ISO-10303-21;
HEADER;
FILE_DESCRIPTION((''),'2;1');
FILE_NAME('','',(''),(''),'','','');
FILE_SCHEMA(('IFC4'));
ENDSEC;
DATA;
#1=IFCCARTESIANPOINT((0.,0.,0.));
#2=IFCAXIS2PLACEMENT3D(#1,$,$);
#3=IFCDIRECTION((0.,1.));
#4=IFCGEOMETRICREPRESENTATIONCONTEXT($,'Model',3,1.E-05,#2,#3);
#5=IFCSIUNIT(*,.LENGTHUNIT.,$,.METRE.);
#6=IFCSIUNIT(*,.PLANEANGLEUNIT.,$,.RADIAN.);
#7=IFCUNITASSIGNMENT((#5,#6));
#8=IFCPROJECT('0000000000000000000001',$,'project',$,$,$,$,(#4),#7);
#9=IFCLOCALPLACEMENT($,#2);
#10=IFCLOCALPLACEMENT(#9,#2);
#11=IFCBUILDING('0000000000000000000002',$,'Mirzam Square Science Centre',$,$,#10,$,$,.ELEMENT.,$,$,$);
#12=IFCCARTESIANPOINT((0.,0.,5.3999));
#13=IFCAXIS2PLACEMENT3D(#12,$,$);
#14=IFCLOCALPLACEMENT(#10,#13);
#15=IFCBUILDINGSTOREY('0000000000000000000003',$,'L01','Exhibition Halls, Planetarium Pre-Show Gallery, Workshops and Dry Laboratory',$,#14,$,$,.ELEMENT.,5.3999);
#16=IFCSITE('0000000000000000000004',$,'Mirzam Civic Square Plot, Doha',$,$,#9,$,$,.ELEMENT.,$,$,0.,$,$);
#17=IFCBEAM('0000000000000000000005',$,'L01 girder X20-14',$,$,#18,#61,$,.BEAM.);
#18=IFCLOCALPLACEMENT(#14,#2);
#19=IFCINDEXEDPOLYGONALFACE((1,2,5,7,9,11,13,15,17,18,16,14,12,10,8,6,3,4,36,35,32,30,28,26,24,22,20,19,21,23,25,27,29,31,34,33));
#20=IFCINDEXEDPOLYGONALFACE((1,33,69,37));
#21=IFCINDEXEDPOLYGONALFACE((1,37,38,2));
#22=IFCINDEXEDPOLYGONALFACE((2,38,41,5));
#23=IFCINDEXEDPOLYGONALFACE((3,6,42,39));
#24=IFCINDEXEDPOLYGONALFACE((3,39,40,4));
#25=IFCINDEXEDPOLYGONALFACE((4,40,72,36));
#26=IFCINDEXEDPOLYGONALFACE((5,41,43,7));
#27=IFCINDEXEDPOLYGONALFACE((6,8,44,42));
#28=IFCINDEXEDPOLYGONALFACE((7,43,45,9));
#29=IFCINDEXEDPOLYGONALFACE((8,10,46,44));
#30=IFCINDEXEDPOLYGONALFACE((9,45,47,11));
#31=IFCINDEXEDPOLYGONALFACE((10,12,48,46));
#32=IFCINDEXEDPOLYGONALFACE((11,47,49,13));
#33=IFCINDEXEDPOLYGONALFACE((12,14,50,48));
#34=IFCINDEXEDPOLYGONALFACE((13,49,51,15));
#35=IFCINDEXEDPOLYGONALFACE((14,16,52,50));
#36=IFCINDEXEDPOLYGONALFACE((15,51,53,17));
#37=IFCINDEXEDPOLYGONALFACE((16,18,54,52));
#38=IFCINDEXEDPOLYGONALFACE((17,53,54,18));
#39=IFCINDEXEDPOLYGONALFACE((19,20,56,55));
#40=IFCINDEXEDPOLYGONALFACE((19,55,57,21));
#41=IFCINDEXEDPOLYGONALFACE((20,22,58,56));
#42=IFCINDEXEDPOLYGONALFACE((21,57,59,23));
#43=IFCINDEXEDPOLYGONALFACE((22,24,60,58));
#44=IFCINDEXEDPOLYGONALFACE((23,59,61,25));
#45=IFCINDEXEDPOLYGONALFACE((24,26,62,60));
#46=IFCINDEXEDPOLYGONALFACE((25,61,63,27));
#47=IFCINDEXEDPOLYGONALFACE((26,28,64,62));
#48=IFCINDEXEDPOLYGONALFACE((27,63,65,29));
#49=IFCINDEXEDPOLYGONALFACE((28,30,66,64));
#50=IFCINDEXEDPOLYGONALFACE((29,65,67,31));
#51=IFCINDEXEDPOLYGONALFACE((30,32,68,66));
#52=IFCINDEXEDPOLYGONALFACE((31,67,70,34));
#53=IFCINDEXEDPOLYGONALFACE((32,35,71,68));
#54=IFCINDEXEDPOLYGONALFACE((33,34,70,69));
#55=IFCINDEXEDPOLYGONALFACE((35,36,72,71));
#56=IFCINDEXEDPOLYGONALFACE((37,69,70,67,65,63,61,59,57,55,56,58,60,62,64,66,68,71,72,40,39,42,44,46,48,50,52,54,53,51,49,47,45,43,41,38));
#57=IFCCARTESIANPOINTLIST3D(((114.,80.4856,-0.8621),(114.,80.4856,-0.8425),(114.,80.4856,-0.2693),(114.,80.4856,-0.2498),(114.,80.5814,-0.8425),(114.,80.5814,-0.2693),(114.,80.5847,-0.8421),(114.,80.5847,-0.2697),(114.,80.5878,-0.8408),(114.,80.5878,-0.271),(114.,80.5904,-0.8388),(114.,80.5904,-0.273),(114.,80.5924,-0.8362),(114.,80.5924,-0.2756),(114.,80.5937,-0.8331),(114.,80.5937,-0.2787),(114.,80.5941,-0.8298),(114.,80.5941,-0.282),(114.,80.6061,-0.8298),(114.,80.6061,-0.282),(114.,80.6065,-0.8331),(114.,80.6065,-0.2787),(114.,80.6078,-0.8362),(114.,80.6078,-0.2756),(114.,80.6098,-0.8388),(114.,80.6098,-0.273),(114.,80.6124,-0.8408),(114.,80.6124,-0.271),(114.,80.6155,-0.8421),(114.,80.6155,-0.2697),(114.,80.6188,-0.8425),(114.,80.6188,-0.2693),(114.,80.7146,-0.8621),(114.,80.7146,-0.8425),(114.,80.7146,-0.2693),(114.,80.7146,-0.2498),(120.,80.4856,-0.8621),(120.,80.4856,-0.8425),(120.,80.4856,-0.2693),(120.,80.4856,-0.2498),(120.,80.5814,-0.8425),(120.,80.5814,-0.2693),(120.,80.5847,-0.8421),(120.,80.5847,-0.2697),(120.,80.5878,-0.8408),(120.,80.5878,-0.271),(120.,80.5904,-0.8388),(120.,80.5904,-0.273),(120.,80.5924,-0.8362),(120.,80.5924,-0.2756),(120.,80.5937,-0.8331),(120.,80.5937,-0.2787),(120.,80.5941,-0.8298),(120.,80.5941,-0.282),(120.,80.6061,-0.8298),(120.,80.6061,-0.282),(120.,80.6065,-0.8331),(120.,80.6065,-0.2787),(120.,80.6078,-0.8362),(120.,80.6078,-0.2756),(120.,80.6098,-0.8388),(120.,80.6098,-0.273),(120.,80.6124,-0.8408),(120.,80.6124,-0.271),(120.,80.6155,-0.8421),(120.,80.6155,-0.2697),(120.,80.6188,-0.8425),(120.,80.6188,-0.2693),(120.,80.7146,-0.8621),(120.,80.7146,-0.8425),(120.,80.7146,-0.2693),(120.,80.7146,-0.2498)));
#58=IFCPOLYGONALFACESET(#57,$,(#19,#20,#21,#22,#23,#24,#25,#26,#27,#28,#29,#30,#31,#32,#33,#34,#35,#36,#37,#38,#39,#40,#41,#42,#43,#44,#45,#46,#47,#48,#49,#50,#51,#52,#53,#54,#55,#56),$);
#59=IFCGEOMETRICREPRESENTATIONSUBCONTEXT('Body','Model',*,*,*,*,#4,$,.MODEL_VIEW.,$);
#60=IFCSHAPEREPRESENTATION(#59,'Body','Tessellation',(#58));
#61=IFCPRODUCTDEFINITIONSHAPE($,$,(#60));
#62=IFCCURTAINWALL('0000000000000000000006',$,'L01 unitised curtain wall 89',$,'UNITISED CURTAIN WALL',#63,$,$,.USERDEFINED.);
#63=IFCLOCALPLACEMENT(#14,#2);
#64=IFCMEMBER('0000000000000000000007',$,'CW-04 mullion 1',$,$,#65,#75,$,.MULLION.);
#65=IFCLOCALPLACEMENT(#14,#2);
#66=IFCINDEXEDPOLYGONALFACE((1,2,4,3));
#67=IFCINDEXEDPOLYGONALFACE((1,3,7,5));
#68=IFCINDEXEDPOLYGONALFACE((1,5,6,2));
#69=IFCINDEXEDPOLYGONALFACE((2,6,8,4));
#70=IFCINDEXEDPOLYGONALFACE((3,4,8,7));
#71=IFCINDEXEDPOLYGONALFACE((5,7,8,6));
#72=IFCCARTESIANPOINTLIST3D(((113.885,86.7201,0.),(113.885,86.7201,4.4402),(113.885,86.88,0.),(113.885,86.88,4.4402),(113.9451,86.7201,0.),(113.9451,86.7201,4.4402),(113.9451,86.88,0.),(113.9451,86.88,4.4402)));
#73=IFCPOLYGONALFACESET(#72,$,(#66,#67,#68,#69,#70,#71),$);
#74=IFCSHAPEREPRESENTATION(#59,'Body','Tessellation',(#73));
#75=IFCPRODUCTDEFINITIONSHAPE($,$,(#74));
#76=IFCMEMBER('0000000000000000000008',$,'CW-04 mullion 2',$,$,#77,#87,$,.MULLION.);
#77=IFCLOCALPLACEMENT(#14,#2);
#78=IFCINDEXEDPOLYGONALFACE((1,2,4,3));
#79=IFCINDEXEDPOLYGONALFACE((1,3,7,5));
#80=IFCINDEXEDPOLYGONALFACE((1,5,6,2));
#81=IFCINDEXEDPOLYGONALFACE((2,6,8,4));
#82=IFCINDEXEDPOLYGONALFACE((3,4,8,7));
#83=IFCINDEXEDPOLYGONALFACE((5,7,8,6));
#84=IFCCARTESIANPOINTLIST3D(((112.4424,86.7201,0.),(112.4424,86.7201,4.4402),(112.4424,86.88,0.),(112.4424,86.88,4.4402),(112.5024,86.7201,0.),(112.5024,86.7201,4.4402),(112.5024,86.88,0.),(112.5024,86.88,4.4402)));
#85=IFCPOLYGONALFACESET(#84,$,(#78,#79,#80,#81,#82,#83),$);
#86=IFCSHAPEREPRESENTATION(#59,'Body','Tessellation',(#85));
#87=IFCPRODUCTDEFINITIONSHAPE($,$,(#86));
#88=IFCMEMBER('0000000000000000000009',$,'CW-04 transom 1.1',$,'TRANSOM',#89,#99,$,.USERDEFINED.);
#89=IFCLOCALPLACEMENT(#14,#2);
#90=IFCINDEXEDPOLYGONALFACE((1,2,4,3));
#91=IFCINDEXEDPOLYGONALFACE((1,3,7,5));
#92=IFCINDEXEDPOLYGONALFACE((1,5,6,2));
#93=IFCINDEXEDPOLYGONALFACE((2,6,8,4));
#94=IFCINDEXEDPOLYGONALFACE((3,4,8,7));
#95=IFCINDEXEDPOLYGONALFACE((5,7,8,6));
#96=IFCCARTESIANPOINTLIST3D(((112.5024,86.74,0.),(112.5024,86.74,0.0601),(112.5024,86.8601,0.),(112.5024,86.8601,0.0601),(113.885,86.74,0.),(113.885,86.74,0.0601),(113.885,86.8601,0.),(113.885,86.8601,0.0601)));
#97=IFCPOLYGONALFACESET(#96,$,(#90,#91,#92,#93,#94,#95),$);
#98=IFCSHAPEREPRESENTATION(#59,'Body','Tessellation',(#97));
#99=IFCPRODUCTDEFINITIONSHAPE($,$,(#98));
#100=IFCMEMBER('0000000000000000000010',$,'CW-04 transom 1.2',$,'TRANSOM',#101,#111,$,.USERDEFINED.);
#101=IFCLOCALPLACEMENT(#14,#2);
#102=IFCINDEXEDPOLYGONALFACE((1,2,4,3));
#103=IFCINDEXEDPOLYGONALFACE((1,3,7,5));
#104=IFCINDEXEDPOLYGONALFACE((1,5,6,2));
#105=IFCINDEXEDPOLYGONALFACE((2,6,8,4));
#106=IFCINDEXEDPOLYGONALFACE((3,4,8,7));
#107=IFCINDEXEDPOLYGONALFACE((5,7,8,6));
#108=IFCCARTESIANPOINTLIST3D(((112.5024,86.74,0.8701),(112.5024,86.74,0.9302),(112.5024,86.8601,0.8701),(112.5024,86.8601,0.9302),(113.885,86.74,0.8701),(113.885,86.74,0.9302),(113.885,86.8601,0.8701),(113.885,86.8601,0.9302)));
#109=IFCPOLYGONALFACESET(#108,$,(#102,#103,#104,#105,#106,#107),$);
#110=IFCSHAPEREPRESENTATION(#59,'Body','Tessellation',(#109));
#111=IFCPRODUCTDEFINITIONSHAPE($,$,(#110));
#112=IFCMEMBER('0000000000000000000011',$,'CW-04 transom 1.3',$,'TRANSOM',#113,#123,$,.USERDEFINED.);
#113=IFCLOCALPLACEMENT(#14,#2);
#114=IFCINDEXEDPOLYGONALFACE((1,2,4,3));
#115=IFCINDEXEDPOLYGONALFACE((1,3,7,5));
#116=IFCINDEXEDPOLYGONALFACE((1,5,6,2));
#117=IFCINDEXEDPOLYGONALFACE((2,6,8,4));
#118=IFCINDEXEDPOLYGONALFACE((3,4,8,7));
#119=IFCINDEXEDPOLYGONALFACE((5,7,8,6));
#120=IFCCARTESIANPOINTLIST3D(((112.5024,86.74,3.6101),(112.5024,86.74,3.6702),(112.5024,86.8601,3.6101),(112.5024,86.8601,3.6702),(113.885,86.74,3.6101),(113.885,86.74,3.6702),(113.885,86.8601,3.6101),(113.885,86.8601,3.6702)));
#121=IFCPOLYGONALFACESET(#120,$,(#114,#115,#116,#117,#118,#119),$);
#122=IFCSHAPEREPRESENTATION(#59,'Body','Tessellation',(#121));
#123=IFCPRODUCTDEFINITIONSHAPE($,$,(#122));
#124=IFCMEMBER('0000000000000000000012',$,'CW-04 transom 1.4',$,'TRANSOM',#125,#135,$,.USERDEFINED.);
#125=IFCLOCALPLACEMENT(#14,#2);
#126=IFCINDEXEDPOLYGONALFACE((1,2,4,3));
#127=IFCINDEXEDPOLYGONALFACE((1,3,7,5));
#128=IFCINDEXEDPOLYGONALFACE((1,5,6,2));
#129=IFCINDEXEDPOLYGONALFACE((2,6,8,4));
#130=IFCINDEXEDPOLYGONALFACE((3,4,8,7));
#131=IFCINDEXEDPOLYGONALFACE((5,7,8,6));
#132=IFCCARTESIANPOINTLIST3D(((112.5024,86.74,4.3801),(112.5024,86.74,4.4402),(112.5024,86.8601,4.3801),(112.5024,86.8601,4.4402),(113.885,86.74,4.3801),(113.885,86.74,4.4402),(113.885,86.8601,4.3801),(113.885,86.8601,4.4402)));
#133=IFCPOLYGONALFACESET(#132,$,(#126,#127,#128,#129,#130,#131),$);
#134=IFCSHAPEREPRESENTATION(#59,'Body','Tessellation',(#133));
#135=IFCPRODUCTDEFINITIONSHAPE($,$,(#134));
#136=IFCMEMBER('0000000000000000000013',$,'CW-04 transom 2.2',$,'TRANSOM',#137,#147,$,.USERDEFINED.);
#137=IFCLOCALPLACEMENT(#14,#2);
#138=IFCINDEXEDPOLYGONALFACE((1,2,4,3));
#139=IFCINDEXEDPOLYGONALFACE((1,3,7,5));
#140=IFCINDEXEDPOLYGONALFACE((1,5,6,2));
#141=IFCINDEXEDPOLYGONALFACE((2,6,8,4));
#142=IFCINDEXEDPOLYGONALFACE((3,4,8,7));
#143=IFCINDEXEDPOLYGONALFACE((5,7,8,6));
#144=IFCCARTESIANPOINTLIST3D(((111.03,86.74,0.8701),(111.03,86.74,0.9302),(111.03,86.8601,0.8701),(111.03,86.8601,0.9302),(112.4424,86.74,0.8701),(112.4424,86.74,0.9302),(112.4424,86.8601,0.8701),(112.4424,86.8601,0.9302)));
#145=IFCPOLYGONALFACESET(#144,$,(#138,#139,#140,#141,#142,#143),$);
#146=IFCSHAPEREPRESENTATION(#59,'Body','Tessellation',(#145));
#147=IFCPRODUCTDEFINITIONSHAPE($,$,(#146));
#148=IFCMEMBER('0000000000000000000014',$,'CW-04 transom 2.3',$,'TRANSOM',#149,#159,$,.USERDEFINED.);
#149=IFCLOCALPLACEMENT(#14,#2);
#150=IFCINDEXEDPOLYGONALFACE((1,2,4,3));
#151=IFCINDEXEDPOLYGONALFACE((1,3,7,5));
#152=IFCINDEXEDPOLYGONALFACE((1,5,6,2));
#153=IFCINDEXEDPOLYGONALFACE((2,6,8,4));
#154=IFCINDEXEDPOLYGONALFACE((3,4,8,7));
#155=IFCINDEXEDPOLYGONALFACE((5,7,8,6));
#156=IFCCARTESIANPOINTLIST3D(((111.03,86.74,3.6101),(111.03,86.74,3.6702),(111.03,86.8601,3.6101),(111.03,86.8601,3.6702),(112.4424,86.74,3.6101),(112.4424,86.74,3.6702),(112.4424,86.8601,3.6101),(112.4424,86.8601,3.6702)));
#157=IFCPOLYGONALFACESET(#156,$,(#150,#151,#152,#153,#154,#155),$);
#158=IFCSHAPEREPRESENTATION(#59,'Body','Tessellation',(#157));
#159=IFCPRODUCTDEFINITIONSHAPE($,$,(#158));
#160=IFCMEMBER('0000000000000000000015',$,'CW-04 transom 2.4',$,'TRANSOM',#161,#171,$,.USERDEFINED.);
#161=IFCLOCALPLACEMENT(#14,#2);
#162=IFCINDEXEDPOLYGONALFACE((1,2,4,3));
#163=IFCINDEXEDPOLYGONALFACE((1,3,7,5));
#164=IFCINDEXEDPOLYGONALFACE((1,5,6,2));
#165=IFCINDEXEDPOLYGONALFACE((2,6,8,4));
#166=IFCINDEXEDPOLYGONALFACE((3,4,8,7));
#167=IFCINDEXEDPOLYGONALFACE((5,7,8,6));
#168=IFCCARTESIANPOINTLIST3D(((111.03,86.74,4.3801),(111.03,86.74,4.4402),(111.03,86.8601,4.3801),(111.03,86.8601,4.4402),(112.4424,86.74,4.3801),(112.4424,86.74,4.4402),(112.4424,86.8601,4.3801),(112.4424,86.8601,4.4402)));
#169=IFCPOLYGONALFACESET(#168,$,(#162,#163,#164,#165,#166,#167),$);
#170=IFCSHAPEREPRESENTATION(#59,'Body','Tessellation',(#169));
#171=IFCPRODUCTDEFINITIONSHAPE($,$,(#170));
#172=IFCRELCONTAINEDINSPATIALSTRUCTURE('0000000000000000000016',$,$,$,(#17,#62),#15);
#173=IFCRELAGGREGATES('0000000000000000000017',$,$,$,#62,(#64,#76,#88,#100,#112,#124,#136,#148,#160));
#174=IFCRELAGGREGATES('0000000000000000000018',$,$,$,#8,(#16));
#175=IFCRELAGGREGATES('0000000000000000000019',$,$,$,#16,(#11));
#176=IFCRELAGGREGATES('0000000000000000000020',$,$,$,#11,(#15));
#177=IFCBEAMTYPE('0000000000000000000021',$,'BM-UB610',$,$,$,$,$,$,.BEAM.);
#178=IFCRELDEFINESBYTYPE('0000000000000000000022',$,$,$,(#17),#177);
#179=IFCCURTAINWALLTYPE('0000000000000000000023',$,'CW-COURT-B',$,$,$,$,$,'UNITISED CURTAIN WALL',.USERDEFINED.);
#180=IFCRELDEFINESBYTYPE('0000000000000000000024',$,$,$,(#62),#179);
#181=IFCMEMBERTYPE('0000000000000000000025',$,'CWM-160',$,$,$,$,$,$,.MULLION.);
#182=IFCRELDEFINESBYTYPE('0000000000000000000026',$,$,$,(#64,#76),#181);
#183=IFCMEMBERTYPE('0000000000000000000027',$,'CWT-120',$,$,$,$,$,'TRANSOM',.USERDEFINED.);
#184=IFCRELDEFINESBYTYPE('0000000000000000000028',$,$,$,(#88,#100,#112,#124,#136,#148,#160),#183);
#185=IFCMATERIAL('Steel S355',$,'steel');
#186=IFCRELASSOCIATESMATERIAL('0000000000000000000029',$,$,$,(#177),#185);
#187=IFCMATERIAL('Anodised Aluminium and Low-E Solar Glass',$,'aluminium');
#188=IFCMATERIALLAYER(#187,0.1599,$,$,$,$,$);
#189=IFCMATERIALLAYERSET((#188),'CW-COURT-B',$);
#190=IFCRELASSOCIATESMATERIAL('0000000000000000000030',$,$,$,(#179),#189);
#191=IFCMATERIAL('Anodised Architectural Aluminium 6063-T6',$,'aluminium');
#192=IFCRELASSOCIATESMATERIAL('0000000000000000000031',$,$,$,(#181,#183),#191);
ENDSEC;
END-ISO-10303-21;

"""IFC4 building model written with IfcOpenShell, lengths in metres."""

from ifc_helpers import new_model, si_unit, direction, frame, origin, origin_2d, place, context, subcontext, project, spatial, rectangle, i_section, extrude, material, layer, layer_set, material_profile, profile_set, type_object, element, aggregate, save


model = new_model("IFC4")

# Units and contexts
model_context = context("Model", 3, precision=1e-05, world=origin(), true_north=direction((0.0, 1.0)))
body_context = subcontext(model_context, "Body", "Model", "MODEL_VIEW")
ifc_project = project(units=[si_unit("LENGTHUNIT", "METRE"), si_unit("PLANEANGLEUNIT", "RADIAN")], contexts=[model_context])

# Site, building, storey
site_placement = place(None, origin())
site = spatial("IfcSite", under=ifc_project, at=site_placement, Name="Mirzam Civic Square Plot, Doha", CompositionType="ELEMENT", RefElevation=0.0)
building_placement = place(site_placement, origin())
building = spatial("IfcBuilding", under=site, at=building_placement, Name="Mirzam Square Science Centre", CompositionType="ELEMENT")
storey_placement = place(building_placement, frame((0.0, 0.0, 5.3999)))
storey = spatial("IfcBuildingStorey", under=building, at=storey_placement, Name="L01", Description="Exhibition Halls, Planetarium Pre-Show Gallery, Workshops and Dry Laboratory", CompositionType="ELEMENT", Elevation=5.3999)

# Shared definitions
ifc_material_1 = material(Name="Steel S355", Category="steel")

# Beam
ifc_material_profile_1 = material_profile(ifc_material_1, i_section(OverallWidth=0.229, OverallDepth=0.6123, WebThickness=0.012, FlangeThickness=0.0195, FilletRadius=0.0127, at=origin_2d()), Name="610x229x125UB")
ifc_profile_set_1 = profile_set([ifc_material_profile_1], Name="Steel S355")
beam_type_1 = type_object("IfcBeamType", Name="BM-UB610", PredefinedType="BEAM", material=ifc_profile_set_1)
beam_1_placement = place(storey_placement, frame((114.0, 80.6001, -0.5559), z_axis=(1.0, 0.0, 0.0), x_axis=(0.0, 1.0, 0.0)))
element("IfcBeam", 1, at=beam_1_placement, inside=storey, type_object=beam_type_1, Name="L01 girder X20-14", PredefinedType="BEAM", context=body_context, shape_type="SweptSolid", body=[
    extrude(i_section(OverallWidth=0.229, OverallDepth=0.6123, WebThickness=0.012, FlangeThickness=0.0195, FilletRadius=0.0127, at=origin_2d()), origin(), (0.0, 0.0, 1.0), 6.0),
])

# Curtain wall, members
ifc_material_2 = material(Name="Anodised Aluminium and Low-E Solar Glass", Category="aluminium")
ifc_layer_1 = layer(ifc_material_2, 0.1599)
ifc_layer_set_1 = layer_set([ifc_layer_1], Name="CW-COURT-B")
curtain_wall_type = type_object("IfcCurtainWallType", Name="CW-COURT-B", ElementType="UNITISED CURTAIN WALL", PredefinedType="USERDEFINED", material=ifc_layer_set_1)
curtain_wall_placement = place(storey_placement, origin())
curtain_wall = element("IfcCurtainWall", 2, at=curtain_wall_placement, inside=storey, type_object=curtain_wall_type, Name="L01 unitised curtain wall 89", ObjectType="UNITISED CURTAIN WALL", PredefinedType="USERDEFINED")
ifc_material_3 = material(Name="Anodised Architectural Aluminium 6063-T6", Category="aluminium")
ifc_material_profile_2 = material_profile(ifc_material_3, rectangle(XDim=0.0601, YDim=0.1599, at=origin_2d()), Name="ALU-MULL-160x60x4")
ifc_profile_set_2 = profile_set([ifc_material_profile_2], Name="Anodised Architectural Aluminium 6063-T6")
member_type_1 = type_object("IfcMemberType", Name="CWM-160", PredefinedType="MULLION", material=ifc_profile_set_2)
member_1_placement = place(storey_placement, frame((113.915, 86.8, 0.0), z_axis=(0.0, 0.0, 1.0), x_axis=(-1.0, 0.0, 0.0)))
member_1 = element("IfcMember", 3, at=member_1_placement, type_object=member_type_1, Name="CW-04 mullion 1", PredefinedType="MULLION", context=body_context, shape_type="SweptSolid", body=[
    extrude(rectangle(XDim=0.0601, YDim=0.1599, at=origin_2d()), origin(), (0.0, 0.0, 1.0), 4.4402),
])
member_2_placement = place(storey_placement, frame((112.4724, 86.8, 0.0), z_axis=(0.0, 0.0, 1.0), x_axis=(-1.0, 0.0, 0.0)))
member_2 = element("IfcMember", 4, at=member_2_placement, type_object=member_type_1, Name="CW-04 mullion 2", PredefinedType="MULLION", context=body_context, shape_type="SweptSolid", body=[
    extrude(rectangle(XDim=0.0601, YDim=0.1599, at=origin_2d()), origin(), (0.0, 0.0, 1.0), 4.4402),
])
ifc_material_profile_3 = material_profile(ifc_material_3, rectangle(XDim=0.1201, YDim=0.0601, at=origin_2d()), Name="ALU-TRAN-120x60x4")
ifc_profile_set_3 = profile_set([ifc_material_profile_3], Name="Anodised Architectural Aluminium 6063-T6")
member_type_2 = type_object("IfcMemberType", Name="CWT-120", ElementType="TRANSOM", PredefinedType="USERDEFINED", material=ifc_profile_set_3)
member_3_placement = place(storey_placement, frame((113.885, 86.8, 0.03), z_axis=(-1.0, 0.0, 0.0), x_axis=(0.0, -1.0, 0.0)))
member_3 = element("IfcMember", 5, at=member_3_placement, type_object=member_type_2, Name="CW-04 transom 1.1", ObjectType="TRANSOM", PredefinedType="USERDEFINED", context=body_context, shape_type="SweptSolid", body=[
    extrude(rectangle(XDim=0.1201, YDim=0.0601, at=origin_2d()), origin(), (0.0, 0.0, 1.0), 1.3826),
])
member_4_placement = place(storey_placement, frame((113.885, 86.8, 0.9001), z_axis=(-1.0, 0.0, 0.0), x_axis=(0.0, -1.0, 0.0)))
member_4 = element("IfcMember", 6, at=member_4_placement, type_object=member_type_2, Name="CW-04 transom 1.2", ObjectType="TRANSOM", PredefinedType="USERDEFINED", context=body_context, shape_type="SweptSolid", body=[
    extrude(rectangle(XDim=0.1201, YDim=0.0601, at=origin_2d()), origin(), (0.0, 0.0, 1.0), 1.3826),
])
member_5_placement = place(storey_placement, frame((113.885, 86.8, 3.6401), z_axis=(-1.0, 0.0, 0.0), x_axis=(0.0, -1.0, 0.0)))
member_5 = element("IfcMember", 7, at=member_5_placement, type_object=member_type_2, Name="CW-04 transom 1.3", ObjectType="TRANSOM", PredefinedType="USERDEFINED", context=body_context, shape_type="SweptSolid", body=[
    extrude(rectangle(XDim=0.1201, YDim=0.0601, at=origin_2d()), origin(), (0.0, 0.0, 1.0), 1.3826),
])
member_6_placement = place(storey_placement, frame((113.885, 86.8, 4.4102), z_axis=(-1.0, 0.0, 0.0), x_axis=(0.0, -1.0, 0.0)))
member_6 = element("IfcMember", 8, at=member_6_placement, type_object=member_type_2, Name="CW-04 transom 1.4", ObjectType="TRANSOM", PredefinedType="USERDEFINED", context=body_context, shape_type="SweptSolid", body=[
    extrude(rectangle(XDim=0.1201, YDim=0.0601, at=origin_2d()), origin(), (0.0, 0.0, 1.0), 1.3826),
])
member_7_placement = place(storey_placement, frame((112.4424, 86.8, 0.9001), z_axis=(-1.0, 0.0, 0.0), x_axis=(0.0, -1.0, 0.0)))
member_7 = element("IfcMember", 9, at=member_7_placement, type_object=member_type_2, Name="CW-04 transom 2.2", ObjectType="TRANSOM", PredefinedType="USERDEFINED", context=body_context, shape_type="SweptSolid", body=[
    extrude(rectangle(XDim=0.1201, YDim=0.0601, at=origin_2d()), origin(), (0.0, 0.0, 1.0), 1.4124),
])
member_8_placement = place(storey_placement, frame((112.4424, 86.8, 3.6401), z_axis=(-1.0, 0.0, 0.0), x_axis=(0.0, -1.0, 0.0)))
member_8 = element("IfcMember", 10, at=member_8_placement, type_object=member_type_2, Name="CW-04 transom 2.3", ObjectType="TRANSOM", PredefinedType="USERDEFINED", context=body_context, shape_type="SweptSolid", body=[
    extrude(rectangle(XDim=0.1201, YDim=0.0601, at=origin_2d()), origin(), (0.0, 0.0, 1.0), 1.4124),
])
member_9_placement = place(storey_placement, frame((112.4424, 86.8, 4.4102), z_axis=(-1.0, 0.0, 0.0), x_axis=(0.0, -1.0, 0.0)))
member_9 = element("IfcMember", 11, at=member_9_placement, type_object=member_type_2, Name="CW-04 transom 2.4", ObjectType="TRANSOM", PredefinedType="USERDEFINED", context=body_context, shape_type="SweptSolid", body=[
    extrude(rectangle(XDim=0.1201, YDim=0.0601, at=origin_2d()), origin(), (0.0, 0.0, 1.0), 1.4124),
])

aggregate(curtain_wall, [member_1, member_2, member_3, member_4, member_5, member_6, member_7, member_8, member_9])

save(model, "model.ifc")
